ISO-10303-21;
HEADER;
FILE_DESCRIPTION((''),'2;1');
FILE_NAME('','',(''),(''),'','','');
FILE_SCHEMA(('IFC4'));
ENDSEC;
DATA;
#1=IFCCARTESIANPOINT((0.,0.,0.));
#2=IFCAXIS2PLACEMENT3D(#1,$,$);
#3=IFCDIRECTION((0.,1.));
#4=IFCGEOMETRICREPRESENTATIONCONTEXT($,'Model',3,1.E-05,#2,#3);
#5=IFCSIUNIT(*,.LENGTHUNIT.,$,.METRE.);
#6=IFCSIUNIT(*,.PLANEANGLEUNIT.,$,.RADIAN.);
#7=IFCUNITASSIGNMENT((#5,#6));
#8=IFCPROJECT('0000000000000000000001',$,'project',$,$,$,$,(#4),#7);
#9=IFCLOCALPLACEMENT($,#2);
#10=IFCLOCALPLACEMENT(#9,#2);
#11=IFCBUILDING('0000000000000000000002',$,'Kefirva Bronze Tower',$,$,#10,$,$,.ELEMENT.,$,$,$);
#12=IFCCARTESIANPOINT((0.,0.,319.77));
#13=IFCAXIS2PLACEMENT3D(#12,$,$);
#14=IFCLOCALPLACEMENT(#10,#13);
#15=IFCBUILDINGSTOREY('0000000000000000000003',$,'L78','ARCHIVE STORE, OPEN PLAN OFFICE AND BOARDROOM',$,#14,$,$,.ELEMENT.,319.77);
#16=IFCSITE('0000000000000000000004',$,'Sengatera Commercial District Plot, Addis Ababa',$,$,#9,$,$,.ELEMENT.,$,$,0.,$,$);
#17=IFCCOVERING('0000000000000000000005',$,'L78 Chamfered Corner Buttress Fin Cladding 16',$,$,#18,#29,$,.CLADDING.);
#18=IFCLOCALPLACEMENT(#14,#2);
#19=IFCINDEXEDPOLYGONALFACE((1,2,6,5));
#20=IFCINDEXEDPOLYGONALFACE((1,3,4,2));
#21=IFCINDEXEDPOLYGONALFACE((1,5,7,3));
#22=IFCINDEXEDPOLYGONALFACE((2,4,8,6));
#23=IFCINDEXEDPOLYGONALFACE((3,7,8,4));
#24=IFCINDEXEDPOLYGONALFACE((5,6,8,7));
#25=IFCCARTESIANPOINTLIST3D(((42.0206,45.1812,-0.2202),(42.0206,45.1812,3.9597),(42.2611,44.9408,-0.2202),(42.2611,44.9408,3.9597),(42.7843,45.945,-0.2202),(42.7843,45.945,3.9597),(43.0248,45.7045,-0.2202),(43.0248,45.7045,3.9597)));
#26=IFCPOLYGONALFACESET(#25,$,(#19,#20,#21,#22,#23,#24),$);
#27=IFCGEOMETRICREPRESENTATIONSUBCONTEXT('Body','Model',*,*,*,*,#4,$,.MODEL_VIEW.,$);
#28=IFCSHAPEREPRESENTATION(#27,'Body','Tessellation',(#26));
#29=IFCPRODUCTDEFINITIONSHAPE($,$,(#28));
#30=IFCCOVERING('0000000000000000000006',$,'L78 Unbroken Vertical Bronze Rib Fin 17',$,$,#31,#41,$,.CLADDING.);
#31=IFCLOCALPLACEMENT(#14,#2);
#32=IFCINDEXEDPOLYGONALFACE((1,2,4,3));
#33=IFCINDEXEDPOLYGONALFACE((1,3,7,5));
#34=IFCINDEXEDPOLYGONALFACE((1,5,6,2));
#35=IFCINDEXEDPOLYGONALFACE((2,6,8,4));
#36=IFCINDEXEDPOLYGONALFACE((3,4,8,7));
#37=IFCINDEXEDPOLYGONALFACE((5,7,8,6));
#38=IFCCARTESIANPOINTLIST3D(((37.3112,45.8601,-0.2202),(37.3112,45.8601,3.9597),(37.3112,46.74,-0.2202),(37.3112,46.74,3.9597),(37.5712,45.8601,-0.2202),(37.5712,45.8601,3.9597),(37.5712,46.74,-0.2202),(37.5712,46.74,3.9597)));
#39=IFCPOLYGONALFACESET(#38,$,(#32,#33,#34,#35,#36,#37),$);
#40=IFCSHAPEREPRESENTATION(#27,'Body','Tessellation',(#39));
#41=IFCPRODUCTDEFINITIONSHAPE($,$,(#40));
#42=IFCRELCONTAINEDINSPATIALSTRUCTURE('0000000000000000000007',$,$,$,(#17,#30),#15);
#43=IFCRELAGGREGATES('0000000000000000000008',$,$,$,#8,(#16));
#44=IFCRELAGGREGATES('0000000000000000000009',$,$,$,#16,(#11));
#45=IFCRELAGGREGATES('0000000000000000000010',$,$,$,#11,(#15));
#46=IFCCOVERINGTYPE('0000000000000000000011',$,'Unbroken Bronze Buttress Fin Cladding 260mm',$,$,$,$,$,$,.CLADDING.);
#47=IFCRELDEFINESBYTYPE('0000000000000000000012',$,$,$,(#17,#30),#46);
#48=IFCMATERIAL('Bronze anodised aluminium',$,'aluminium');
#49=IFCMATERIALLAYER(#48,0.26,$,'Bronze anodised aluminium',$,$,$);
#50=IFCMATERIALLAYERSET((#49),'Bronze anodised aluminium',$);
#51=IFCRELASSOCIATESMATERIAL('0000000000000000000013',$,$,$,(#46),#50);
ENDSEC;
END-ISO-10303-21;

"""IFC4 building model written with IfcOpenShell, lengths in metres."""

from ifc_helpers import new_model, si_unit, direction, frame, origin, origin_2d, place, context, subcontext, project, spatial, rectangle, extrude, material, layer, layer_set, type_object, element, save


model = new_model("IFC4")

# Units and contexts
model_context = context("Model", 3, precision=1e-05, world=origin(), true_north=direction((0.0, 1.0)))
body_context = subcontext(model_context, "Body", "Model", "MODEL_VIEW")
ifc_project = project(units=[si_unit("LENGTHUNIT", "METRE"), si_unit("PLANEANGLEUNIT", "RADIAN")], contexts=[model_context])

# Site, building, storey
site_placement = place(None, origin())
site = spatial("IfcSite", under=ifc_project, at=site_placement, Name="Sengatera Commercial District Plot, Addis Ababa", CompositionType="ELEMENT", RefElevation=0.0)
building_placement = place(site_placement, origin())
building = spatial("IfcBuilding", under=site, at=building_placement, Name="Kefirva Bronze Tower", CompositionType="ELEMENT")
storey_placement = place(building_placement, frame((0.0, 0.0, 319.77)))
storey = spatial("IfcBuildingStorey", under=building, at=storey_placement, Name="L78", Description="ARCHIVE STORE, OPEN PLAN OFFICE AND BOARDROOM", CompositionType="ELEMENT", Elevation=319.77)

# Shared definitions
ifc_material_1 = material(Name="Bronze anodised aluminium", Category="aluminium")

# Coverings
ifc_layer_1 = layer(ifc_material_1, 0.26, Name="Bronze anodised aluminium")
ifc_layer_set_1 = layer_set([ifc_layer_1], Name="Bronze anodised aluminium")
covering_type_1 = type_object("IfcCoveringType", Name="Unbroken Bronze Buttress Fin Cladding 260mm", PredefinedType="CLADDING", material=ifc_layer_set_1)
for number, where, z_axis, x_axis, name in (
    (1, (42.5227, 45.4429, -0.2202), (0.0, 0.0, 1.0), (-0.707107, 0.707107, 0.0), "L78 Chamfered Corner Buttress Fin Cladding 16"),
):
    element("IfcCovering", number, at=place(storey_placement, frame(where, z_axis=z_axis, x_axis=x_axis)), inside=storey, type_object=covering_type_1, Name=name, PredefinedType="CLADDING", context=body_context, shape_type="SweptSolid", body=[
        extrude(rectangle(XDim=0.3401, YDim=1.0801, at=origin_2d()), origin(), (0.0, 0.0, 1.0), 4.1799),
    ])
covering_1_placement = place(storey_placement, frame((37.4412, 46.3, -0.2202), z_axis=(0.0, 0.0, 1.0), x_axis=(-1.0, 0.0, 0.0)))
element("IfcCovering", 2, at=covering_1_placement, inside=storey, type_object=covering_type_1, Name="L78 Unbroken Vertical Bronze Rib Fin 17", PredefinedType="CLADDING", context=body_context, shape_type="SweptSolid", body=[
    extrude(rectangle(XDim=0.26, YDim=0.8799, at=origin_2d()), origin(), (0.0, 0.0, 1.0), 4.1799),
])

save(model, "model.ifc")
